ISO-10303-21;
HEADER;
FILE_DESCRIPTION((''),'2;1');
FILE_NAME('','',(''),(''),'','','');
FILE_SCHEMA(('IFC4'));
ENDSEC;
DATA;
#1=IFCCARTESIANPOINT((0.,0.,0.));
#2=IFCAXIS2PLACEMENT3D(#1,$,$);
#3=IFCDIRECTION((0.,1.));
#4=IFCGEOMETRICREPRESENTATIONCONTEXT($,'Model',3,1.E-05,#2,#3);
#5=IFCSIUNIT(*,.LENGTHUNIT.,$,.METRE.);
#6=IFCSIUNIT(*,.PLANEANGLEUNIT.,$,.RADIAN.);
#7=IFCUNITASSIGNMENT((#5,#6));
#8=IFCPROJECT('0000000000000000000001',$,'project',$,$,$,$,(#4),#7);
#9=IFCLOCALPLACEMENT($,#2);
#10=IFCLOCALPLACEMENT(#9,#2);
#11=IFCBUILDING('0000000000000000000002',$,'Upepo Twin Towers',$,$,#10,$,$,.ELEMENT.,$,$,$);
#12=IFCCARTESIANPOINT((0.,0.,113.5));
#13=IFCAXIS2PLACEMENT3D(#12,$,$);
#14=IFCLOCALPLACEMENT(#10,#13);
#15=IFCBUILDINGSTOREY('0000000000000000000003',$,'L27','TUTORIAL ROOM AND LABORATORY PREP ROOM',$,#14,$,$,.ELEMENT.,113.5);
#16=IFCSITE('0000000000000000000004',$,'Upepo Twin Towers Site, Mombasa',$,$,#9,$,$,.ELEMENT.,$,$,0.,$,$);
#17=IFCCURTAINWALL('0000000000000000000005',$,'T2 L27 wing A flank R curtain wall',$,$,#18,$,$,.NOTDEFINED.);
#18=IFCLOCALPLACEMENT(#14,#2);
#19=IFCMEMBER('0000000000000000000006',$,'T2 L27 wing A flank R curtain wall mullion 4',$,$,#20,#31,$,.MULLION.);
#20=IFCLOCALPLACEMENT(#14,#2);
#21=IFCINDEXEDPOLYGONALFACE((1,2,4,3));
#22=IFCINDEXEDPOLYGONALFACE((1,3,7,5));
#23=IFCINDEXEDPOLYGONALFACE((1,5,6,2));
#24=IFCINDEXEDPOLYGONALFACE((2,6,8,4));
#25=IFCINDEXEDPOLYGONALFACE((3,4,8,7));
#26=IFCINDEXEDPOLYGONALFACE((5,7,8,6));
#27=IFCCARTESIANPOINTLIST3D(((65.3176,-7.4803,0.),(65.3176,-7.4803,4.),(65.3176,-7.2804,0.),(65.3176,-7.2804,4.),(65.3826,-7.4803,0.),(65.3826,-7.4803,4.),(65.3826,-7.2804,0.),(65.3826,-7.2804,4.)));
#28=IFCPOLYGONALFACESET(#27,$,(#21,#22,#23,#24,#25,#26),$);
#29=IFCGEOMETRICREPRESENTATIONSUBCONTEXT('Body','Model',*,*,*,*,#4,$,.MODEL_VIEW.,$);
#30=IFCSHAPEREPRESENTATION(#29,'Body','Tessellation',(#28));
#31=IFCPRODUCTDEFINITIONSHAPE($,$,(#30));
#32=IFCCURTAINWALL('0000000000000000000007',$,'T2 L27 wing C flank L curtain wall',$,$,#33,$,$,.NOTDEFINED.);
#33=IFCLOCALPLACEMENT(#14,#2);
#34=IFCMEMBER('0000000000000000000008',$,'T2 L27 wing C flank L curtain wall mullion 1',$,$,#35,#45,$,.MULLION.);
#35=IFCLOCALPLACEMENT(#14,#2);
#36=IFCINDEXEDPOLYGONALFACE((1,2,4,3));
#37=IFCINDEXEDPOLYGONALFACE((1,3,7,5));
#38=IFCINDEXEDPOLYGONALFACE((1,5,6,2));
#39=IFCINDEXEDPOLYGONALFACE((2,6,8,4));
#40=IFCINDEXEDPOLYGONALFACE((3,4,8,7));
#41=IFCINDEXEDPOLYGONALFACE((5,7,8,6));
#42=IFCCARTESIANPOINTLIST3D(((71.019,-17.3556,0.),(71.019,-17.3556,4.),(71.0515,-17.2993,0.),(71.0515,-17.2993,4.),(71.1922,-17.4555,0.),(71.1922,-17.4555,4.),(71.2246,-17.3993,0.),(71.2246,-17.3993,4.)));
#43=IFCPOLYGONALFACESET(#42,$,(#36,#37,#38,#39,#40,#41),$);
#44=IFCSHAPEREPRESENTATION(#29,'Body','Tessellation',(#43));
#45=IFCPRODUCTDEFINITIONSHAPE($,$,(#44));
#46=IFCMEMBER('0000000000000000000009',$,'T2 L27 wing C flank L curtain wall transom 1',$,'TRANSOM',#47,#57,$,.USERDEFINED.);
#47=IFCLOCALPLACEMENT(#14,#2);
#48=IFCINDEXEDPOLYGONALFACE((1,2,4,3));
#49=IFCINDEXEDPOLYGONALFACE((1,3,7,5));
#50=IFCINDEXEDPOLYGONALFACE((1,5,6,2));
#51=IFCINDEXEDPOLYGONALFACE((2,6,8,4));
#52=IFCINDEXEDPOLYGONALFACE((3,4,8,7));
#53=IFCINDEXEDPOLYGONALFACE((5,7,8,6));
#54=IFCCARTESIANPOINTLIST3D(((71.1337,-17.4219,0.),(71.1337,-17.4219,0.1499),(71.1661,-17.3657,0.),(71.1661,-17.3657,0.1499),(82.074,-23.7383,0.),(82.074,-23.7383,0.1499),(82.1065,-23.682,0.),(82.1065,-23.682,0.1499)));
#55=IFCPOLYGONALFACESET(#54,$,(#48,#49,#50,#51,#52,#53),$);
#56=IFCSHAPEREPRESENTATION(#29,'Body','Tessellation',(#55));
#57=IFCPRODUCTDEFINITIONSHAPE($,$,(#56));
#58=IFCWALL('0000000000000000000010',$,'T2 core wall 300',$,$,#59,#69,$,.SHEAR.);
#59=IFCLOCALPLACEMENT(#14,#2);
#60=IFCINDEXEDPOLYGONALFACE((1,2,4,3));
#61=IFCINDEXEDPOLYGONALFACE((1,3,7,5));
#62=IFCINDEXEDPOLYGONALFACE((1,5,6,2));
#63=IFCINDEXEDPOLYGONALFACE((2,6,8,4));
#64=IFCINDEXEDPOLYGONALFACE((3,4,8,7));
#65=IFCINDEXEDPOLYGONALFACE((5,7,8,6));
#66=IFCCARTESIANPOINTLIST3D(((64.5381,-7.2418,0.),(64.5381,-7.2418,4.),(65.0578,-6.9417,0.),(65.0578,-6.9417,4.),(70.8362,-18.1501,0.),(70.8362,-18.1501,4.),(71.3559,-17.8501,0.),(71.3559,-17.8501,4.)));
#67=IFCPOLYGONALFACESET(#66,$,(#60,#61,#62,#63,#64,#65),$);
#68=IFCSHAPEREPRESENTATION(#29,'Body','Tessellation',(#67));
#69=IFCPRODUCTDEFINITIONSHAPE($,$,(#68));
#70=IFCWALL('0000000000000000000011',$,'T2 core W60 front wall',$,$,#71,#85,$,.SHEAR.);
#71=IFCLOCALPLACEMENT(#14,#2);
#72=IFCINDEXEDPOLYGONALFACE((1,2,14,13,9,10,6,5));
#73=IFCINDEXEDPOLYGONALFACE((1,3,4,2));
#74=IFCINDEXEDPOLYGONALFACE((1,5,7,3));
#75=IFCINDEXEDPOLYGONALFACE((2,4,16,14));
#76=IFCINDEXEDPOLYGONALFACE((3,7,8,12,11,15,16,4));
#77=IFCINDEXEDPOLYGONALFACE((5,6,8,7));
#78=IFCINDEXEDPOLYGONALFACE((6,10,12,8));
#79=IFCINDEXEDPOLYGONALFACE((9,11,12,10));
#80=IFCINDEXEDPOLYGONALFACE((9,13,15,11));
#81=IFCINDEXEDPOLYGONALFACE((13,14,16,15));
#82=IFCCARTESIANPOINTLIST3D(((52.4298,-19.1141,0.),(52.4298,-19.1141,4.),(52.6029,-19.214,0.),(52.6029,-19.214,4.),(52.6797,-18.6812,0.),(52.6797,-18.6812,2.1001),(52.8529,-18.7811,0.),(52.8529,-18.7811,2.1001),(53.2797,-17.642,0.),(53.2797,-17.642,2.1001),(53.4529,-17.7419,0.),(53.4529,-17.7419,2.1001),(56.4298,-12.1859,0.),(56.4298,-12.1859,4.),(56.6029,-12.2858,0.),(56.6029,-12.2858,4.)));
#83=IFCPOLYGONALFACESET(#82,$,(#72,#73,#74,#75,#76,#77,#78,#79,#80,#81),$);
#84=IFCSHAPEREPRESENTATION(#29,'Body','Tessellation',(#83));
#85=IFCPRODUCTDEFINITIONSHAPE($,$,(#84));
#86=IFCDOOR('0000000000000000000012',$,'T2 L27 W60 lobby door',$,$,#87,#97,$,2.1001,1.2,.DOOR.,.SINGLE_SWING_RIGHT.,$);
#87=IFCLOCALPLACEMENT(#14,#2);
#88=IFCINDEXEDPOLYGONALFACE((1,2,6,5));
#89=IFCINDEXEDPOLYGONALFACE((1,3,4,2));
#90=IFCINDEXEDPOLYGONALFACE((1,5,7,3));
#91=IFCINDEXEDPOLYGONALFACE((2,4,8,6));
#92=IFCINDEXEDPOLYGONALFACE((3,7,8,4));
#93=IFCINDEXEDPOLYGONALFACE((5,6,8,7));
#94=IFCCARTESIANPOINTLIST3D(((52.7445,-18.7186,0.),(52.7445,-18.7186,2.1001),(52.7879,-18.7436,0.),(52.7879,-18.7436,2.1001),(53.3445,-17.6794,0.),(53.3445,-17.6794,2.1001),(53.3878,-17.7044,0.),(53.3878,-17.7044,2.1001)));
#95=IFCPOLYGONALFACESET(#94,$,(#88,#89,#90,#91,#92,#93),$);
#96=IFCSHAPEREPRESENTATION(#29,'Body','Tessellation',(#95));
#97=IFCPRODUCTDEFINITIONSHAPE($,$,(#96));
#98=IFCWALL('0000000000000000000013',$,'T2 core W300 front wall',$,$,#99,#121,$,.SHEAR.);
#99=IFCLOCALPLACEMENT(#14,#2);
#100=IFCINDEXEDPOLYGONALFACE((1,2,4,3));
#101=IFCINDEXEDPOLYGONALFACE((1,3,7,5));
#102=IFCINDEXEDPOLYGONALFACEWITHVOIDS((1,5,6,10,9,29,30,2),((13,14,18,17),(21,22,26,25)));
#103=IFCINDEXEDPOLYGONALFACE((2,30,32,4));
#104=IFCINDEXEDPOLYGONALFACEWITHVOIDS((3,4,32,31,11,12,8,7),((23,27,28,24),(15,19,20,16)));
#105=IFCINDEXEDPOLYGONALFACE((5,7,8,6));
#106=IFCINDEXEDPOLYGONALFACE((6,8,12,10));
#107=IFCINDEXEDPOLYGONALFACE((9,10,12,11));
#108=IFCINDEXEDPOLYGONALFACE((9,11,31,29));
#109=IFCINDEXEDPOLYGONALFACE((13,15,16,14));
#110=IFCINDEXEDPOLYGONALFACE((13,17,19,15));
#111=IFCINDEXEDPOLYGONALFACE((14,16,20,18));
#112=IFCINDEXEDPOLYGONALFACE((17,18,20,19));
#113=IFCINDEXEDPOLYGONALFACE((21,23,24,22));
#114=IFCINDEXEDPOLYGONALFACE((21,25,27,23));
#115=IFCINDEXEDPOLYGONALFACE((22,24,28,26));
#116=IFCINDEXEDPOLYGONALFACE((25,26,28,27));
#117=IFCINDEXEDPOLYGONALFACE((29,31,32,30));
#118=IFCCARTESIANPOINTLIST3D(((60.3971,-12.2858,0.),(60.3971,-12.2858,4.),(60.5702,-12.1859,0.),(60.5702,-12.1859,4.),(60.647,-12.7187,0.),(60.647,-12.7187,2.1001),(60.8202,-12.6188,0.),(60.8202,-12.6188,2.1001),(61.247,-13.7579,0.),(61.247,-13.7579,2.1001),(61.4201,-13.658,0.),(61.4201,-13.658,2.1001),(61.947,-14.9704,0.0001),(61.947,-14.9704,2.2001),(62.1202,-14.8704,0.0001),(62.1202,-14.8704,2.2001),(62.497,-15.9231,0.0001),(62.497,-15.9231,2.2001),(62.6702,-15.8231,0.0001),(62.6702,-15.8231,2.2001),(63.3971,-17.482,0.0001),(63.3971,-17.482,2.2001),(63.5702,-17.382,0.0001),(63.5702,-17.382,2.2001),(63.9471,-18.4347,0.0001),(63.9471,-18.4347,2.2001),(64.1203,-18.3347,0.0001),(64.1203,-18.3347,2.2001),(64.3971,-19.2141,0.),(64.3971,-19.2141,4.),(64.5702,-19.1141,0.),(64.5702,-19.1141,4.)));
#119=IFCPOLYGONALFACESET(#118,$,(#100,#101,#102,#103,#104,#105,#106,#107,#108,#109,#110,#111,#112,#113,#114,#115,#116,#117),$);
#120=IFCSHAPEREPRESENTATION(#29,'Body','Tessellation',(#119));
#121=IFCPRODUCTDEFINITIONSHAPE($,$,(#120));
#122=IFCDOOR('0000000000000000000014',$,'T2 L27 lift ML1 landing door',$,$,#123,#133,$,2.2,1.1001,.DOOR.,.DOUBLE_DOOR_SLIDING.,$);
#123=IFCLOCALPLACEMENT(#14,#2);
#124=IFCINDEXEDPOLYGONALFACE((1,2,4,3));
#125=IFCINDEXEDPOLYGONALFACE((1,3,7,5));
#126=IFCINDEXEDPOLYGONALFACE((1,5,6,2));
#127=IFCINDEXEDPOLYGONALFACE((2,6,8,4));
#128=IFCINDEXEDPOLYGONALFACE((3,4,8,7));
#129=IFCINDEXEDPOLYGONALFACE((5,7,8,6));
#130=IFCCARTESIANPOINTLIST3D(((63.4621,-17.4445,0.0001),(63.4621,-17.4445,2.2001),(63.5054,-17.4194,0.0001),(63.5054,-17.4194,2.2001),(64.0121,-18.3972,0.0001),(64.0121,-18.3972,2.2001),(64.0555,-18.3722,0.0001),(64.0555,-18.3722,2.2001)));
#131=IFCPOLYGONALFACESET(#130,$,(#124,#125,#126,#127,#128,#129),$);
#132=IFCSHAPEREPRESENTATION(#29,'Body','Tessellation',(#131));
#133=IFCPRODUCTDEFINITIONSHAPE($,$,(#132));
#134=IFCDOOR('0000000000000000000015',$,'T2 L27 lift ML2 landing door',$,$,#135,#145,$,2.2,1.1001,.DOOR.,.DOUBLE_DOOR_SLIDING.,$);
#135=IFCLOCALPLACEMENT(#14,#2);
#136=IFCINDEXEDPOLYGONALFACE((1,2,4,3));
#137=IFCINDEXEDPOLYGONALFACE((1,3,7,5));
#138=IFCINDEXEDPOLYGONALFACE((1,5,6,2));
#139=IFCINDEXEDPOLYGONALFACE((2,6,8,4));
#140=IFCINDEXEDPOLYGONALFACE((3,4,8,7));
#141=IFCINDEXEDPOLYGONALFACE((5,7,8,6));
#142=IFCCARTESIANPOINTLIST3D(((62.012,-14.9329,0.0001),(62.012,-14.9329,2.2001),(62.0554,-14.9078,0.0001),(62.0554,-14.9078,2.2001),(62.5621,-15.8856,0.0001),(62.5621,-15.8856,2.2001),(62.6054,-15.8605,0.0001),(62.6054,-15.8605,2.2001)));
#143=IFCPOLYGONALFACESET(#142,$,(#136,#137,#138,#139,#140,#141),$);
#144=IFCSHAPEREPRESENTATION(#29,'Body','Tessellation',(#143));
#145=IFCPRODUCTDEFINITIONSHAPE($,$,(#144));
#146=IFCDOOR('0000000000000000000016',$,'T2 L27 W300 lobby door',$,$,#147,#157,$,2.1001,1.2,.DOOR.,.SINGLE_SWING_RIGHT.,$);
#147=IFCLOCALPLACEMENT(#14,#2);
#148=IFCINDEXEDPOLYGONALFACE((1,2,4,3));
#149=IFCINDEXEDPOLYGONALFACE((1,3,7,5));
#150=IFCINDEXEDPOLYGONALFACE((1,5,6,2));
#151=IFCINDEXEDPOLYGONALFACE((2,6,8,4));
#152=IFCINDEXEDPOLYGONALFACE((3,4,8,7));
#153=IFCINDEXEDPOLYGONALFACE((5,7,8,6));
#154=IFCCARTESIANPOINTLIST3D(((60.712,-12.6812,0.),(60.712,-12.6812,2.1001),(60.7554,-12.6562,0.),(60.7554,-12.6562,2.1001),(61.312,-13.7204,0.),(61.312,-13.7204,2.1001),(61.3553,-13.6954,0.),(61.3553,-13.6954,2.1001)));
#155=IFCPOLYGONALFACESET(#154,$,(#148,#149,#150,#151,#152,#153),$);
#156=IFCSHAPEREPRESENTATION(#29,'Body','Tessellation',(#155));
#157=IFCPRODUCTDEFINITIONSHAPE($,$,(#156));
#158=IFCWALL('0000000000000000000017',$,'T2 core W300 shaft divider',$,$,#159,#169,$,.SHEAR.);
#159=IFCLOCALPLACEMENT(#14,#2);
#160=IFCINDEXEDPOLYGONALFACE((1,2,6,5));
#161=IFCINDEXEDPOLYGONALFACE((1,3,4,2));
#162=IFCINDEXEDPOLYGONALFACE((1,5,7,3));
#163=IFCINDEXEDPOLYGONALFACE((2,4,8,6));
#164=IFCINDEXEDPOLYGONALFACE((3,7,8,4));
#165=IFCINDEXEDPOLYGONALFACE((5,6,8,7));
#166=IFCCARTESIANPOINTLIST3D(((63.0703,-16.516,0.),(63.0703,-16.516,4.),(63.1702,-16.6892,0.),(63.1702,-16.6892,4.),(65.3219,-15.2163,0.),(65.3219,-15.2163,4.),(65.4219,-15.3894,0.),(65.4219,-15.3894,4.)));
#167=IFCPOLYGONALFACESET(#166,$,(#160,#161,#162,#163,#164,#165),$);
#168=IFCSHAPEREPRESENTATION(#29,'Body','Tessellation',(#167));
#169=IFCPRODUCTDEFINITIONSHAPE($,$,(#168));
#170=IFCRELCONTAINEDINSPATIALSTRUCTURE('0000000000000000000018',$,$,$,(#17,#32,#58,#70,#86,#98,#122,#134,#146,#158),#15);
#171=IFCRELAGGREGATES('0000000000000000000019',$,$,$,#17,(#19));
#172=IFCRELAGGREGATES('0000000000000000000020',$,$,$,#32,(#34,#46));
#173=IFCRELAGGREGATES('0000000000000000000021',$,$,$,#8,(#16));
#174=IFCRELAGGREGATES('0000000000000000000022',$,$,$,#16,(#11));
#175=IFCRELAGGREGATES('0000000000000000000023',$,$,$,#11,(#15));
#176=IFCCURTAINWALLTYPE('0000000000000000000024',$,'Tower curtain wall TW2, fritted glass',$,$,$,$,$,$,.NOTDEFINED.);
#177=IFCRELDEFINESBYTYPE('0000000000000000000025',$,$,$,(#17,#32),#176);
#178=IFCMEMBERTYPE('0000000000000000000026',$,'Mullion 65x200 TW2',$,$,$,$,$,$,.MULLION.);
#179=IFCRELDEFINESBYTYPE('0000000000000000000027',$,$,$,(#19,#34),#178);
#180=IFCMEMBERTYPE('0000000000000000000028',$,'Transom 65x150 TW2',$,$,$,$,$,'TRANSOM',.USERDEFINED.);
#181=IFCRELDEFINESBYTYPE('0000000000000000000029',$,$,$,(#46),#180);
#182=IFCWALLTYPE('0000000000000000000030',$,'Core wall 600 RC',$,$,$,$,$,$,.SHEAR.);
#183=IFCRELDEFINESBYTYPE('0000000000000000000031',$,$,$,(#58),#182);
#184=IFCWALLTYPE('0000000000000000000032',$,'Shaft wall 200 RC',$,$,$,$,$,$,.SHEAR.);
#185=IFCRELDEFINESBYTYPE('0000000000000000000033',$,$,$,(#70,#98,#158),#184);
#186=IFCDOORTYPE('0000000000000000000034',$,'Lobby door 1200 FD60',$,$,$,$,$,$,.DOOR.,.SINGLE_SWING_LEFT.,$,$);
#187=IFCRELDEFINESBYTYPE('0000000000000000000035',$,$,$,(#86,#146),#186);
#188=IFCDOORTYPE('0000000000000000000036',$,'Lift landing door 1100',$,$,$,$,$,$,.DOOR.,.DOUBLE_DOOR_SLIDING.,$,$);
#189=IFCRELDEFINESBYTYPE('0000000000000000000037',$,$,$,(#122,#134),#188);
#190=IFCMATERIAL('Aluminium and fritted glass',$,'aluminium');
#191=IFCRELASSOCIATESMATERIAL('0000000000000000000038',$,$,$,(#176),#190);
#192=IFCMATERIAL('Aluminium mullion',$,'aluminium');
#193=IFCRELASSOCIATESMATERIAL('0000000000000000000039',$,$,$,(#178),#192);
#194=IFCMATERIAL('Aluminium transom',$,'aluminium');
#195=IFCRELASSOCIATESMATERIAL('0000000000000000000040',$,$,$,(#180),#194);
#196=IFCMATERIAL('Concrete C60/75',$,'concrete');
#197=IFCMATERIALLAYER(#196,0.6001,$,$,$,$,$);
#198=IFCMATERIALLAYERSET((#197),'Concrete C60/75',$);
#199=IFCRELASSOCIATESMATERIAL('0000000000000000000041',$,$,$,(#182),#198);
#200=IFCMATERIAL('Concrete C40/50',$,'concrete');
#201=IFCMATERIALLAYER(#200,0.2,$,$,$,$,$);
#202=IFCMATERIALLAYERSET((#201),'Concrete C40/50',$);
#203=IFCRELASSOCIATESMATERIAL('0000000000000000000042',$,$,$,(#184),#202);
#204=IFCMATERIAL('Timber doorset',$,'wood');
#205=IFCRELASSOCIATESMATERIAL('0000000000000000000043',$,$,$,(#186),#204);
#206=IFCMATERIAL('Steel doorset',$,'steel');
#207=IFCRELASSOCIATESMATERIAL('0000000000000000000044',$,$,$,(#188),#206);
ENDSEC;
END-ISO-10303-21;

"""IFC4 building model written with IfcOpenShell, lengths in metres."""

from ifc_helpers import new_model, si_unit, direction, frame, frame_2d, origin, origin_2d, place, context, subcontext, project, spatial, rectangle, extrude, material, layer, layer_set, material_profile, profile_set, type_object, element, fill, aggregate, save


model = new_model("IFC4")

# Units and contexts
model_context = context("Model", 3, precision=1e-05, world=origin(), true_north=direction((0.0, 1.0)))
body_context = subcontext(model_context, "Body", "Model", "MODEL_VIEW")
ifc_project = project(units=[si_unit("LENGTHUNIT", "METRE"), si_unit("PLANEANGLEUNIT", "RADIAN")], contexts=[model_context])

# Site, building, storey
site_placement = place(None, origin())
site = spatial("IfcSite", under=ifc_project, at=site_placement, Name="Upepo Twin Towers Site, Mombasa", CompositionType="ELEMENT", RefElevation=0.0)
building_placement = place(site_placement, origin())
building = spatial("IfcBuilding", under=site, at=building_placement, Name="Upepo Twin Towers", CompositionType="ELEMENT")
storey_placement = place(building_placement, frame((0.0, 0.0, 113.5)))
storey = spatial("IfcBuildingStorey", under=building, at=storey_placement, Name="L27", Description="TUTORIAL ROOM AND LABORATORY PREP ROOM", CompositionType="ELEMENT", Elevation=113.5)

# Curtain wall, member
ifc_material_1 = material(Name="Aluminium and fritted glass", Category="aluminium")
curtain_wall_type = type_object("IfcCurtainWallType", Name="Tower curtain wall TW2, fritted glass", PredefinedType="NOTDEFINED", material=ifc_material_1)
curtain_wall_1_placement = place(storey_placement, origin())
curtain_wall_1 = element("IfcCurtainWall", 1, at=curtain_wall_1_placement, inside=storey, type_object=curtain_wall_type, Name="T2 L27 wing A flank R curtain wall", PredefinedType="NOTDEFINED")
ifc_material_2 = material(Name="Aluminium mullion", Category="aluminium")
ifc_material_profile_1 = material_profile(ifc_material_2, rectangle(XDim=0.0649, YDim=0.2, at=origin_2d()), Name="MULLION 65x200")
ifc_profile_set_1 = profile_set([ifc_material_profile_1], Name="Aluminium mullion")
member_type_1 = type_object("IfcMemberType", Name="Mullion 65x200 TW2", PredefinedType="MULLION", material=ifc_profile_set_1)
member_1_placement = place(storey_placement, frame((65.3501, -7.3804, 0.0), z_axis=(0.0, 0.0, 1.0), x_axis=(1.0, 0.0, 0.0)))
member_1 = element("IfcMember", 2, at=member_1_placement, type_object=member_type_1, Name="T2 L27 wing A flank R curtain wall mullion 4", PredefinedType="MULLION", context=body_context, shape_type="SweptSolid", body=[
    extrude(rectangle(XDim=0.0649, YDim=0.2, at=origin_2d()), origin(), (0.0, 0.0, 1.0), 4.0),
])
aggregate(curtain_wall_1, [member_1])

# Curtain wall, members
curtain_wall_2_placement = place(storey_placement, origin())
curtain_wall_2 = element("IfcCurtainWall", 3, at=curtain_wall_2_placement, inside=storey, type_object=curtain_wall_type, Name="T2 L27 wing C flank L curtain wall", PredefinedType="NOTDEFINED")
member_2_placement = place(storey_placement, frame((71.1218, -17.3774, 0.0), z_axis=(0.0, 0.0, 1.0), x_axis=(0.5, 0.866025, 0.0)))
member_2 = element("IfcMember", 4, at=member_2_placement, type_object=member_type_1, Name="T2 L27 wing C flank L curtain wall mullion 1", PredefinedType="MULLION", context=body_context, shape_type="SweptSolid", body=[
    extrude(rectangle(XDim=0.0649, YDim=0.2, at=origin_2d()), origin(), (0.0, 0.0, 1.0), 4.0),
])
ifc_material_3 = material(Name="Aluminium transom", Category="aluminium")
ifc_material_profile_2 = material_profile(ifc_material_3, rectangle(XDim=0.0649, YDim=0.1499, at=origin_2d()), Name="TRANSOM 65x150")
ifc_profile_set_2 = profile_set([ifc_material_profile_2], Name="Aluminium transom")
member_type_2 = type_object("IfcMemberType", Name="Transom 65x150 TW2", ElementType="TRANSOM", PredefinedType="USERDEFINED", material=ifc_profile_set_2)
member_3_placement = place(storey_placement, frame((71.1499, -17.3938, 0.075), z_axis=(0.866027, -0.499997, 0.0), x_axis=(0.499997, 0.866027, 0.0)))
member_3 = element("IfcMember", 5, at=member_3_placement, type_object=member_type_2, Name="T2 L27 wing C flank L curtain wall transom 1", ObjectType="TRANSOM", PredefinedType="USERDEFINED", context=body_context, shape_type="SweptSolid", body=[
    extrude(rectangle(XDim=0.0649, YDim=0.1499, at=origin_2d()), origin(), (0.0, 0.0, 1.0), 12.6328),
])
aggregate(curtain_wall_2, [member_2, member_3])

# Wall
ifc_material_4 = material(Name="Concrete C60/75", Category="concrete")
ifc_layer_1 = layer(ifc_material_4, 0.6001)
ifc_layer_set_1 = layer_set([ifc_layer_1], Name="Concrete C60/75")
wall_type_1 = type_object("IfcWallType", Name="Core wall 600 RC", PredefinedType="SHEAR", material=ifc_layer_set_1)
wall_1_placement = place(storey_placement, frame((71.0959, -18.0, 0.0), z_axis=(0.0, 0.0, 1.0), x_axis=(-0.500006, 0.866022, 0.0)))
element("IfcWall", 6, at=wall_1_placement, inside=storey, type_object=wall_type_1, Name="T2 core wall 300", PredefinedType="SHEAR", context=body_context, shape_type="SweptSolid", body=[
    extrude(rectangle(XDim=12.5959, YDim=0.6001, at=frame_2d((6.2979, 0.0))), origin(), (0.0, 0.0, 1.0), 4.0),
])

# Wall, opening, door
ifc_material_5 = material(Name="Concrete C40/50", Category="concrete")
ifc_layer_2 = layer(ifc_material_5, 0.2)
ifc_layer_set_2 = layer_set([ifc_layer_2], Name="Concrete C40/50")
wall_type_2 = type_object("IfcWallType", Name="Shaft wall 200 RC", PredefinedType="SHEAR", material=ifc_layer_set_2)
wall_2_placement = place(storey_placement, frame((56.5164, -12.2358, 0.0), z_axis=(0.0, 0.0, 1.0), x_axis=(-0.499999, -0.866026, 0.0)))
wall_2 = element("IfcWall", 7, at=wall_2_placement, inside=storey, type_object=wall_type_2, Name="T2 core W60 front wall", PredefinedType="SHEAR", context=body_context, shape_type="SweptSolid", body=[
    extrude(rectangle(XDim=8.0, YDim=0.2, at=frame_2d((4.0, 0.0))), origin(), (0.0, 0.0, 1.0), 4.0),
])
opening_1_placement = place(wall_2_placement, frame((6.3, 0.0, 0.0)))
opening_1 = element("IfcOpeningElement", 8, at=opening_1_placement, cuts=wall_2, PredefinedType="OPENING", context=body_context, shape_type="SweptSolid", body=[
    extrude(rectangle(XDim=1.2, YDim=2.1001, at=frame_2d((0.6001, 1.05))), frame((0.0, 0.1099, 0.0), z_axis=(0.0, -1.0, 0.0), x_axis=(1.0, 0.0, 0.0)), (0.0, 0.0, 1.0), 0.22),
])
ifc_material_6 = material(Name="Timber doorset", Category="wood")
door_type_1 = type_object("IfcDoorType", Name="Lobby door 1200 FD60", OperationType="SINGLE_SWING_LEFT", PredefinedType="DOOR", material=ifc_material_6)
door_1_placement = place(opening_1_placement, origin())
door_1 = element("IfcDoor", 9, at=door_1_placement, inside=storey, type_object=door_type_1, Name="T2 L27 W60 lobby door", OperationType="SINGLE_SWING_RIGHT", OverallHeight=2.1001, OverallWidth=1.2, PredefinedType="DOOR", context=body_context, shape_type="SweptSolid", body=[
    extrude(rectangle(XDim=1.2, YDim=2.1001, at=frame_2d((0.6001, 1.05))), frame((0.0, 0.0249, 0.0), z_axis=(0.0, -1.0, 0.0), x_axis=(1.0, 0.0, 0.0)), (0.0, 0.0, 1.0), 0.05),
])
fill(opening_1, door_1)

# Wall, openings, doors
wall_3_placement = place(storey_placement, frame((64.4836, -19.1641, 0.0), z_axis=(0.0, 0.0, 1.0), x_axis=(-0.499999, 0.866026, 0.0)))
wall_3 = element("IfcWall", 10, at=wall_3_placement, inside=storey, type_object=wall_type_2, Name="T2 core W300 front wall", PredefinedType="SHEAR", context=body_context, shape_type="SweptSolid", body=[
    extrude(rectangle(XDim=8.0, YDim=0.2, at=frame_2d((4.0, 0.0))), origin(), (0.0, 0.0, 1.0), 4.0),
])
opening_2_placement = place(wall_3_placement, frame((6.3, 0.0, 0.0)))
opening_2 = element("IfcOpeningElement", 11, at=opening_2_placement, cuts=wall_3, PredefinedType="OPENING", context=body_context, shape_type="SweptSolid", body=[
    extrude(rectangle(XDim=1.2, YDim=2.1001, at=frame_2d((0.6001, 1.05))), frame((0.0, 0.1099, 0.0), z_axis=(0.0, -1.0, 0.0), x_axis=(1.0, 0.0, 0.0)), (0.0, 0.0, 1.0), 0.22),
])
opening_3_placement = place(wall_3_placement, frame((0.8999, 0.0, 0.0)))
opening_3 = element("IfcOpeningElement", 12, at=opening_3_placement, cuts=wall_3, PredefinedType="OPENING", context=body_context, shape_type="SweptSolid", body=[
    extrude(rectangle(XDim=1.1001, YDim=2.2, at=frame_2d((0.55, 1.1001))), frame((0.0, 0.1099, 0.0), z_axis=(0.0, -1.0, 0.0), x_axis=(1.0, 0.0, 0.0)), (0.0, 0.0, 1.0), 0.22),
])
opening_4_placement = place(wall_3_placement, frame((3.8, 0.0, 0.0)))
opening_4 = element("IfcOpeningElement", 13, at=opening_4_placement, cuts=wall_3, PredefinedType="OPENING", context=body_context, shape_type="SweptSolid", body=[
    extrude(rectangle(XDim=1.1001, YDim=2.2, at=frame_2d((0.55, 1.1001))), frame((0.0, 0.1099, 0.0), z_axis=(0.0, -1.0, 0.0), x_axis=(1.0, 0.0, 0.0)), (0.0, 0.0, 1.0), 0.22),
])
ifc_material_7 = material(Name="Steel doorset", Category="steel")
door_type_2 = type_object("IfcDoorType", Name="Lift landing door 1100", OperationType="DOUBLE_DOOR_SLIDING", PredefinedType="DOOR", material=ifc_material_7)
door_2_placement = place(opening_3_placement, origin())
door_2 = element("IfcDoor", 14, at=door_2_placement, inside=storey, type_object=door_type_2, Name="T2 L27 lift ML1 landing door", OperationType="DOUBLE_DOOR_SLIDING", OverallHeight=2.2, OverallWidth=1.1001, PredefinedType="DOOR", context=body_context, shape_type="SweptSolid", body=[
    extrude(rectangle(XDim=1.1001, YDim=2.2, at=frame_2d((0.55, 1.1001))), frame((0.0, 0.0249, 0.0), z_axis=(0.0, -1.0, 0.0), x_axis=(1.0, 0.0, 0.0)), (0.0, 0.0, 1.0), 0.05),
])
fill(opening_3, door_2)
door_3_placement = place(opening_4_placement, origin())
door_3 = element("IfcDoor", 15, at=door_3_placement, inside=storey, type_object=door_type_2, Name="T2 L27 lift ML2 landing door", OperationType="DOUBLE_DOOR_SLIDING", OverallHeight=2.2, OverallWidth=1.1001, PredefinedType="DOOR", context=body_context, shape_type="SweptSolid", body=[
    extrude(rectangle(XDim=1.1001, YDim=2.2, at=frame_2d((0.55, 1.1001))), frame((0.0, 0.0249, 0.0), z_axis=(0.0, -1.0, 0.0), x_axis=(1.0, 0.0, 0.0)), (0.0, 0.0, 1.0), 0.05),
])
fill(opening_4, door_3)
door_4_placement = place(opening_2_placement, origin())
door_4 = element("IfcDoor", 16, at=door_4_placement, inside=storey, type_object=door_type_1, Name="T2 L27 W300 lobby door", OperationType="SINGLE_SWING_RIGHT", OverallHeight=2.1001, OverallWidth=1.2, PredefinedType="DOOR", context=body_context, shape_type="SweptSolid", body=[
    extrude(rectangle(XDim=1.2, YDim=2.1001, at=frame_2d((0.6001, 1.05))), frame((0.0, 0.0249, 0.0), z_axis=(0.0, -1.0, 0.0), x_axis=(1.0, 0.0, 0.0)), (0.0, 0.0, 1.0), 0.05),
])
fill(opening_2, door_4)

# Wall
wall_4_placement = place(storey_placement, frame((63.1204, -16.6025, 0.0), z_axis=(0.0, 0.0, 1.0), x_axis=(0.866062, 0.499937, 0.0)))
element("IfcWall", 17, at=wall_4_placement, inside=storey, type_object=wall_type_2, Name="T2 core W300 shaft divider", PredefinedType="SHEAR", context=body_context, shape_type="SweptSolid", body=[
    extrude(rectangle(XDim=2.5999, YDim=0.2, at=frame_2d((1.2998, 0.0))), origin(), (0.0, 0.0, 1.0), 4.0),
])

save(model, "model.ifc")
